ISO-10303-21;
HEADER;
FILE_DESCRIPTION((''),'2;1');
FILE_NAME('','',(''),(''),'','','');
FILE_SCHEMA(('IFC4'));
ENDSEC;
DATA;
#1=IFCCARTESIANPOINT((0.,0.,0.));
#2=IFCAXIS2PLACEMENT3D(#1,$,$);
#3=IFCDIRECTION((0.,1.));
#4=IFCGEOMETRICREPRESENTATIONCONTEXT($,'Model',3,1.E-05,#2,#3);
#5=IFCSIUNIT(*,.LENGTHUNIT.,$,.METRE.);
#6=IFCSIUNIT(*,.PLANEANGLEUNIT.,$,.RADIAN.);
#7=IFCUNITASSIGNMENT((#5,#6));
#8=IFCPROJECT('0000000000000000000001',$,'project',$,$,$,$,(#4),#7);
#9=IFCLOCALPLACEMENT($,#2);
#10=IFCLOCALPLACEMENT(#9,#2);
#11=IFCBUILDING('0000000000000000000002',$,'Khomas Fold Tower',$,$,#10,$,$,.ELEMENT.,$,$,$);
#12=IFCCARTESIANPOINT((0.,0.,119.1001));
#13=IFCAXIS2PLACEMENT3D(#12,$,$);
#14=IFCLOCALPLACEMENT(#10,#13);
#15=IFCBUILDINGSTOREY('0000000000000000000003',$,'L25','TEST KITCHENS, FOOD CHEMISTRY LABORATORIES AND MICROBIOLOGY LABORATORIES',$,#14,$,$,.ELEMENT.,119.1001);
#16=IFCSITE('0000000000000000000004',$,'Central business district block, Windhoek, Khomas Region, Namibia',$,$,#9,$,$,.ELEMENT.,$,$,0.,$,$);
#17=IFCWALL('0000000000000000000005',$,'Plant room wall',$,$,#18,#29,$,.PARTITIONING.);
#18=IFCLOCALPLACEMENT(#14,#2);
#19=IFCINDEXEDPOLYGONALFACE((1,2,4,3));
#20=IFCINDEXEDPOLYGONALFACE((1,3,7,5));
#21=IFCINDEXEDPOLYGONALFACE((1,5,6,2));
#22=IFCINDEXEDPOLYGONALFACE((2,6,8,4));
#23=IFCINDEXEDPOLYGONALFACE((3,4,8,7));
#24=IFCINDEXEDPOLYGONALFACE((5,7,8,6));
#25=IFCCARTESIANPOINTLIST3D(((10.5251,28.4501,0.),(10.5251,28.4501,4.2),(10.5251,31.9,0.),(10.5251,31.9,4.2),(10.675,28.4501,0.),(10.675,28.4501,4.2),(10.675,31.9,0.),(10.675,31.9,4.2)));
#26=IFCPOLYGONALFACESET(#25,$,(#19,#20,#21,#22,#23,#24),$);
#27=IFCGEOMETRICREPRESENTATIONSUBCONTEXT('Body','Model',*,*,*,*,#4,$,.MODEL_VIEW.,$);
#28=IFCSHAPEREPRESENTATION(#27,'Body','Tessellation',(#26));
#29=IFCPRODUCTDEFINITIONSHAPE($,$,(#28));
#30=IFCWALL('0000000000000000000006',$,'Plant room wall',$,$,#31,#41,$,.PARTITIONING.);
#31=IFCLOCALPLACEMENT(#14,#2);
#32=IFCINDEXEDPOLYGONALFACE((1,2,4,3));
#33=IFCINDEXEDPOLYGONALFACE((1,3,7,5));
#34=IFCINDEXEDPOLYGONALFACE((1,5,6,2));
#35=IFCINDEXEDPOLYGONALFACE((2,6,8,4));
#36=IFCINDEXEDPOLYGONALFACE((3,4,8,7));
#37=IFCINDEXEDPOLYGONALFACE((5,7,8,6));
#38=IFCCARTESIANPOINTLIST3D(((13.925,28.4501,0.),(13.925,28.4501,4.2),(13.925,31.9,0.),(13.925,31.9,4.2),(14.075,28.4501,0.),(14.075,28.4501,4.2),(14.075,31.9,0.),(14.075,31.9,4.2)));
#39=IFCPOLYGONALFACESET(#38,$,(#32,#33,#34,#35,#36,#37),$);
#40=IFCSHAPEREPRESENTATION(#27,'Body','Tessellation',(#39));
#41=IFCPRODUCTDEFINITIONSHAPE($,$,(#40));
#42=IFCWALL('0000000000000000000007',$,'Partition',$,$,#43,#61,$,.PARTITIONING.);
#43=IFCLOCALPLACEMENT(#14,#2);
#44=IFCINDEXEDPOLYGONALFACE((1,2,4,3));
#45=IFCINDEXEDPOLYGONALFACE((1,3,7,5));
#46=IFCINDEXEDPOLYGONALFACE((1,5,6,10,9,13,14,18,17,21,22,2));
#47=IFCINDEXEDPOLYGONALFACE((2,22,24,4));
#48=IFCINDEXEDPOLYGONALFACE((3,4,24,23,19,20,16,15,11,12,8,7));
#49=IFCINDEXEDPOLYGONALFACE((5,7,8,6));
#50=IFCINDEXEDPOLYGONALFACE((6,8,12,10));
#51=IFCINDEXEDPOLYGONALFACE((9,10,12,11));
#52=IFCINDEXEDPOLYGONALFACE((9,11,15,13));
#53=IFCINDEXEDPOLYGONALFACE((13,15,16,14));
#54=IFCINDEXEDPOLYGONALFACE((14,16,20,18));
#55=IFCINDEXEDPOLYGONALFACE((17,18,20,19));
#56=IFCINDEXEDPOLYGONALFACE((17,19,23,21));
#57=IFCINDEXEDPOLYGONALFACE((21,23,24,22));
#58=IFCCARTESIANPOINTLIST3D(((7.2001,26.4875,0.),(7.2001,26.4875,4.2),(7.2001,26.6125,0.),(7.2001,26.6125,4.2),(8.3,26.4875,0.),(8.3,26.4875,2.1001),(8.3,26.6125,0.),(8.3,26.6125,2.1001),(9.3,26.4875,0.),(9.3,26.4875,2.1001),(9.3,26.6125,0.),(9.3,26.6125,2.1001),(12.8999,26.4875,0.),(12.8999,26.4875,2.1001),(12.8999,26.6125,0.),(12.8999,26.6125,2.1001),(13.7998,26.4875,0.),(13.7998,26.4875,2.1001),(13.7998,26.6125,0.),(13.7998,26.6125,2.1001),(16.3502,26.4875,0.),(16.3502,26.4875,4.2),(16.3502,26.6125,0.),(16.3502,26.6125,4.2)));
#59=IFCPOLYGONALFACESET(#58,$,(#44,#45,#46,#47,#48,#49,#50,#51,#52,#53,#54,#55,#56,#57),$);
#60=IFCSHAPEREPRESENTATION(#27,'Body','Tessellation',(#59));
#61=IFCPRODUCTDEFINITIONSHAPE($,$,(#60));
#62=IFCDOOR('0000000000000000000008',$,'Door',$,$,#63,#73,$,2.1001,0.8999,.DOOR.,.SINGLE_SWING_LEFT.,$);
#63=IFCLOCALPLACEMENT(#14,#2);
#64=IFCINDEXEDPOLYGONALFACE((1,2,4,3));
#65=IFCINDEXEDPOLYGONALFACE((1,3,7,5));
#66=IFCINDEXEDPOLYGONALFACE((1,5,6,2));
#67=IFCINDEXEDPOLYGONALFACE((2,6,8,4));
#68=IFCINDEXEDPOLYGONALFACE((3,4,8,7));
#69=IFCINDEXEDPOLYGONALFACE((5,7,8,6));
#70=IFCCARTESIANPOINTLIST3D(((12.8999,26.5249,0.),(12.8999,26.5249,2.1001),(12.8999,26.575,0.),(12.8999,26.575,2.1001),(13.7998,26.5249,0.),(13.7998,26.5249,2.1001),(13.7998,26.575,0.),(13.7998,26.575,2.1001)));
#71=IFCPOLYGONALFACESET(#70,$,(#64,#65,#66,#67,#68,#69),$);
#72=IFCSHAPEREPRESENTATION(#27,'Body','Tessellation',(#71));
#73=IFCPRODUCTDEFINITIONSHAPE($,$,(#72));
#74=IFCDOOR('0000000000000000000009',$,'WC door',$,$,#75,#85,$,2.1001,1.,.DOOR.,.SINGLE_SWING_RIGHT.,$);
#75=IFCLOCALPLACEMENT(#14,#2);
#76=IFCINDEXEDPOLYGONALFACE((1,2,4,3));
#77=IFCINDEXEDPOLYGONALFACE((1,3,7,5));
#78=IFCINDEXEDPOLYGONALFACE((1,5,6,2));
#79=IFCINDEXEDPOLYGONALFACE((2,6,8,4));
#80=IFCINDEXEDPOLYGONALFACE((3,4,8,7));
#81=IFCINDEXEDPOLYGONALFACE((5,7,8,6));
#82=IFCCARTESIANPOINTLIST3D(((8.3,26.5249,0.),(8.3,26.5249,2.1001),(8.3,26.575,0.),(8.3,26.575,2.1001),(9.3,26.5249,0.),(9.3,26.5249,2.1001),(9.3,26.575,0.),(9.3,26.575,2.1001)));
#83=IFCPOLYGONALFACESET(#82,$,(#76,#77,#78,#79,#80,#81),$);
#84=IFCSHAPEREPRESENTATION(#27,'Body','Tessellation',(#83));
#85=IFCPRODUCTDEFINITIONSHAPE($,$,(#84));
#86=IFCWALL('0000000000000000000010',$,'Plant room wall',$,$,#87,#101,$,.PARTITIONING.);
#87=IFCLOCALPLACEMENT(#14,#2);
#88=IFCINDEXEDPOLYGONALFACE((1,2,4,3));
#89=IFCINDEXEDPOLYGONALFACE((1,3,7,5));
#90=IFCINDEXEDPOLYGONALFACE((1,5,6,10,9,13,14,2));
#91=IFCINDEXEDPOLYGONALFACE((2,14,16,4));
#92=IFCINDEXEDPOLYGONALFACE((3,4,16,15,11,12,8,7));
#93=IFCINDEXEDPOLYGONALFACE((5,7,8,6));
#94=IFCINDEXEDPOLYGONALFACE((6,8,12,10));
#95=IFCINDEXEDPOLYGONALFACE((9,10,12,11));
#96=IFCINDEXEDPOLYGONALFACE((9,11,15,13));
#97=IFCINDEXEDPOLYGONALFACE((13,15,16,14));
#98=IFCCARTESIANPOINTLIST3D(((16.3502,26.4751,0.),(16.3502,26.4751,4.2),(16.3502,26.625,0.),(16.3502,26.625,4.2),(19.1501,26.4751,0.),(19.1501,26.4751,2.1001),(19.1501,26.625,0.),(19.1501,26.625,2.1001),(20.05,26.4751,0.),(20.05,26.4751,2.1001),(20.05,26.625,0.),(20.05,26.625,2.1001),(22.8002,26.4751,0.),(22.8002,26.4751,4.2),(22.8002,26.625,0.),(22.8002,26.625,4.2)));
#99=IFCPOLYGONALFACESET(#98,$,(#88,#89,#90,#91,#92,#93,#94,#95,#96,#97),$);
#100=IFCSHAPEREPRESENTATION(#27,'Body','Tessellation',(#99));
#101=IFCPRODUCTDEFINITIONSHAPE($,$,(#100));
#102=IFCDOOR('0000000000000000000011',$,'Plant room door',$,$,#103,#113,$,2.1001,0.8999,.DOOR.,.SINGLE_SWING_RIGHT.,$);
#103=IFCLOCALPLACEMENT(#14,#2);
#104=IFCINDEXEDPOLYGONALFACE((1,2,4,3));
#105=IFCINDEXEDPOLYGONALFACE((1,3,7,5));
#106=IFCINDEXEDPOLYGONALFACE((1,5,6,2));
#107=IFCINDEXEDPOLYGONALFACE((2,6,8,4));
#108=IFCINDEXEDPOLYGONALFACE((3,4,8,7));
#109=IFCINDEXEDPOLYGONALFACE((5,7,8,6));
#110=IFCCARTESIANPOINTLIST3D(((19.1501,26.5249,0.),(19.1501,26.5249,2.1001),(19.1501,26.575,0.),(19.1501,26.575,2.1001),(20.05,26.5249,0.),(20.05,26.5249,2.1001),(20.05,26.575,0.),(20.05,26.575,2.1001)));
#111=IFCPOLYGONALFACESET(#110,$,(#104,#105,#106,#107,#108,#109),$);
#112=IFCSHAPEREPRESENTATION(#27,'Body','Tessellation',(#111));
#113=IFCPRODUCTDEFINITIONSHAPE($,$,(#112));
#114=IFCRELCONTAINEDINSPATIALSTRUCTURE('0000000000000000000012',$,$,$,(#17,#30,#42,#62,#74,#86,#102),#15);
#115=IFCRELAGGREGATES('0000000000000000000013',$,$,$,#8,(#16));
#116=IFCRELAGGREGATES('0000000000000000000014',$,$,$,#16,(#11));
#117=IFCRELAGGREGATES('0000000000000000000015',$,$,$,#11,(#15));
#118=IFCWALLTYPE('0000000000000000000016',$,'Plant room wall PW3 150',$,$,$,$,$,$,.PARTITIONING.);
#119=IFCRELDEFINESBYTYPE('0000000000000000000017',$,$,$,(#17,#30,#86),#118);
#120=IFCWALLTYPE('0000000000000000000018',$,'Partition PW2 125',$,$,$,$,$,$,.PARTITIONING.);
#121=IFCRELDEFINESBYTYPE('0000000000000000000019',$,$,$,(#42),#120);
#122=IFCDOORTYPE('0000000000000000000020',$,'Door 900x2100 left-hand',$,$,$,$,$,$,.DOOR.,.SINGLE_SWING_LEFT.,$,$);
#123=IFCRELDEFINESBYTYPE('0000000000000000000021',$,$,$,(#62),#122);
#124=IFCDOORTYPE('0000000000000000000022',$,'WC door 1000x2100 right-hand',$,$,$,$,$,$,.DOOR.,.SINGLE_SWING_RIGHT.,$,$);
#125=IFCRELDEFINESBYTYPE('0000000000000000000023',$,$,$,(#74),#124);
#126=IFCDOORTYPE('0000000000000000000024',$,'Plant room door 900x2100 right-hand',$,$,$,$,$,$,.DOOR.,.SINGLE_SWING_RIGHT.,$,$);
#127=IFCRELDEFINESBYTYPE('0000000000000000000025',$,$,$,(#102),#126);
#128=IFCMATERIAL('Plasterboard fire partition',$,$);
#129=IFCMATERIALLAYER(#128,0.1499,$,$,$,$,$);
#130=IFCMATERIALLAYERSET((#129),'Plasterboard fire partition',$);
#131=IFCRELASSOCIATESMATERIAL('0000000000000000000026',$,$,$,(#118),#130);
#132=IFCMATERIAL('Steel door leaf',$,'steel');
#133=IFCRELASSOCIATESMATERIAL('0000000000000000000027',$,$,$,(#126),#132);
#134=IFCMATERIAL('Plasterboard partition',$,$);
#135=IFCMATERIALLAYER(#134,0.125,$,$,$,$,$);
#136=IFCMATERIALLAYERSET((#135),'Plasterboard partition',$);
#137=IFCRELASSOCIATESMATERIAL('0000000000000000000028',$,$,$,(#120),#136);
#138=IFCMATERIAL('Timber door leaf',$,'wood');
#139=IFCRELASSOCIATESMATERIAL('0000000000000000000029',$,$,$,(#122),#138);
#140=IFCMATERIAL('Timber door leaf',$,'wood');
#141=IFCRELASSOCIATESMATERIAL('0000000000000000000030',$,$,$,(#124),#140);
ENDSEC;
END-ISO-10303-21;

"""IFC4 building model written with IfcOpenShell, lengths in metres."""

from ifc_helpers import new_model, si_unit, direction, frame, frame_2d, origin, place, context, subcontext, project, spatial, rectangle, extrude, source, transform, mapped, material, layer, layer_set, type_object, element, fill, save


model = new_model("IFC4")

# Units and contexts
model_context = context("Model", 3, precision=1e-05, world=origin(), true_north=direction((0.0, 1.0)))
body_context = subcontext(model_context, "Body", "Model", "MODEL_VIEW")
ifc_project = project(units=[si_unit("LENGTHUNIT", "METRE"), si_unit("PLANEANGLEUNIT", "RADIAN")], contexts=[model_context])

# Site, building, storey
site_placement = place(None, origin())
site = spatial("IfcSite", under=ifc_project, at=site_placement, Name="Central business district block, Windhoek, Khomas Region, Namibia", CompositionType="ELEMENT", RefElevation=0.0)
building_placement = place(site_placement, origin())
building = spatial("IfcBuilding", under=site, at=building_placement, Name="Khomas Fold Tower", CompositionType="ELEMENT")
storey_placement = place(building_placement, frame((0.0, 0.0, 119.1001)))
storey = spatial("IfcBuildingStorey", under=building, at=storey_placement, Name="L25", Description="TEST KITCHENS, FOOD CHEMISTRY LABORATORIES AND MICROBIOLOGY LABORATORIES", CompositionType="ELEMENT", Elevation=119.1001)

# Shared definitions
ifc_material_1 = material(Name="Plasterboard fire partition")
ifc_layer_1 = layer(ifc_material_1, 0.1499)
ifc_layer_set_1 = layer_set([ifc_layer_1], Name="Plasterboard fire partition")
wall_type_1 = type_object("IfcWallType", Name="Plant room wall PW3 150", PredefinedType="PARTITIONING", material=ifc_layer_set_1)
shared_shape_1 = source(origin(), body_context, "Body", "SweptSolid", [
    extrude(rectangle(XDim=0.8999, YDim=2.1001, at=frame_2d((0.45, 1.05))), frame((0.0, 0.085, 0.0), z_axis=(0.0, -1.0, 0.0), x_axis=(1.0, 0.0, 0.0)), (0.0, 0.0, 1.0), 0.1699),
])
ifc_material_2 = material(Name="Steel door leaf", Category="steel")
door_type_1 = type_object("IfcDoorType", Name="Plant room door 900x2100 right-hand", OperationType="SINGLE_SWING_RIGHT", PredefinedType="DOOR", material=ifc_material_2)
shared_shape_2 = source(origin(), body_context, "Body", "SweptSolid", [
    extrude(rectangle(XDim=0.8999, YDim=2.1001, at=frame_2d((0.45, 1.05))), frame((0.0, 0.0249, 0.0), z_axis=(0.0, -1.0, 0.0), x_axis=(1.0, 0.0, 0.0)), (0.0, 0.0, 1.0), 0.05),
])

# Walls
shared_shape_3 = source(origin(), body_context, "Body", "SweptSolid", [
    extrude(rectangle(XDim=3.45, YDim=0.1499, at=frame_2d((1.7251, 0.0))), origin(), (0.0, 0.0, 1.0), 4.2),
])
for number, where, z_axis, x_axis, name in (
    (1, (10.6001, 28.45, 0.0), (0.0, 0.0, 1.0), (0.0, 1.0, 0.0), "Plant room wall"),
    (2, (14.0, 28.45, 0.0), (0.0, 0.0, 1.0), (0.0, 1.0, 0.0), "Plant room wall"),
):
    element("IfcWall", number, at=place(storey_placement, frame(where, z_axis=z_axis, x_axis=x_axis)), inside=storey, type_object=wall_type_1, Name=name, PredefinedType="PARTITIONING", context=body_context, shape_type="MappedRepresentation", body=[
        mapped(shared_shape_3, transform((0.0, 0.0, 0.0))),
    ])

# Wall, openings, doors
ifc_material_3 = material(Name="Plasterboard partition")
ifc_layer_2 = layer(ifc_material_3, 0.125)
ifc_layer_set_2 = layer_set([ifc_layer_2], Name="Plasterboard partition")
wall_type_2 = type_object("IfcWallType", Name="Partition PW2 125", PredefinedType="PARTITIONING", material=ifc_layer_set_2)
shared_shape_4 = source(origin(), body_context, "Body", "SweptSolid", [
    extrude(rectangle(XDim=9.1501, YDim=0.125, at=frame_2d((4.5752, 0.0))), origin(), (0.0, 0.0, 1.0), 4.2),
])
wall_1_placement = place(storey_placement, frame((7.2, 26.55, 0.0), z_axis=(0.0, 0.0, 1.0), x_axis=(1.0, 0.0, 0.0)))
wall_1 = element("IfcWall", 3, at=wall_1_placement, inside=storey, type_object=wall_type_2, Name="Partition", PredefinedType="PARTITIONING", context=body_context, shape_type="MappedRepresentation", body=[
    mapped(shared_shape_4, transform((0.0, 0.0, 0.0))),
])
shared_shape_5 = source(origin(), body_context, "Body", "SweptSolid", [
    extrude(rectangle(XDim=1.0, YDim=2.1001, at=frame_2d((0.5, 1.05))), frame((0.0, 0.0725, 0.0), z_axis=(0.0, -1.0, 0.0), x_axis=(1.0, 0.0, 0.0)), (0.0, 0.0, 1.0), 0.145),
])
opening_1_placement = place(wall_1_placement, frame((1.1001, 0.0, 0.0)))
opening_1 = element("IfcOpeningElement", 4, at=opening_1_placement, cuts=wall_1, PredefinedType="OPENING", context=body_context, shape_type="MappedRepresentation", body=[
    mapped(shared_shape_5, transform((0.0, 0.0, 0.0))),
])
shared_shape_6 = source(origin(), body_context, "Body", "SweptSolid", [
    extrude(rectangle(XDim=0.8999, YDim=2.1001, at=frame_2d((0.45, 1.05))), frame((0.0, 0.0725, 0.0), z_axis=(0.0, -1.0, 0.0), x_axis=(1.0, 0.0, 0.0)), (0.0, 0.0, 1.0), 0.145),
])
opening_2_placement = place(wall_1_placement, frame((5.7, 0.0, 0.0)))
opening_2 = element("IfcOpeningElement", 5, at=opening_2_placement, cuts=wall_1, PredefinedType="OPENING", context=body_context, shape_type="MappedRepresentation", body=[
    mapped(shared_shape_6, transform((0.0, 0.0, 0.0))),
])
ifc_material_4 = material(Name="Timber door leaf", Category="wood")
door_type_2 = type_object("IfcDoorType", Name="Door 900x2100 left-hand", OperationType="SINGLE_SWING_LEFT", PredefinedType="DOOR", material=ifc_material_4)
door_1_placement = place(opening_2_placement, origin())
door_1 = element("IfcDoor", 6, at=door_1_placement, inside=storey, type_object=door_type_2, Name="Door", OperationType="SINGLE_SWING_LEFT", OverallHeight=2.1001, OverallWidth=0.8999, PredefinedType="DOOR", context=body_context, shape_type="MappedRepresentation", body=[
    mapped(shared_shape_2, transform((0.0, 0.0, 0.0))),
])
fill(opening_2, door_1)
ifc_material_5 = material(Name="Timber door leaf", Category="wood")
door_type_3 = type_object("IfcDoorType", Name="WC door 1000x2100 right-hand", OperationType="SINGLE_SWING_RIGHT", PredefinedType="DOOR", material=ifc_material_5)
shared_shape_7 = source(origin(), body_context, "Body", "SweptSolid", [
    extrude(rectangle(XDim=1.0, YDim=2.1001, at=frame_2d((0.5, 1.05))), frame((0.0, 0.0249, 0.0), z_axis=(0.0, -1.0, 0.0), x_axis=(1.0, 0.0, 0.0)), (0.0, 0.0, 1.0), 0.05),
])
door_2_placement = place(opening_1_placement, origin())
door_2 = element("IfcDoor", 7, at=door_2_placement, inside=storey, type_object=door_type_3, Name="WC door", OperationType="SINGLE_SWING_RIGHT", OverallHeight=2.1001, OverallWidth=1.0, PredefinedType="DOOR", context=body_context, shape_type="MappedRepresentation", body=[
    mapped(shared_shape_7, transform((0.0, 0.0, 0.0))),
])
fill(opening_1, door_2)

# Wall, opening, door
shared_shape_8 = source(origin(), body_context, "Body", "SweptSolid", [
    extrude(rectangle(XDim=6.45, YDim=0.1499, at=frame_2d((3.2251, 0.0))), origin(), (0.0, 0.0, 1.0), 4.2),
])
wall_2_placement = place(storey_placement, frame((16.3501, 26.55, 0.0), z_axis=(0.0, 0.0, 1.0), x_axis=(1.0, 0.0, 0.0)))
wall_2 = element("IfcWall", 8, at=wall_2_placement, inside=storey, type_object=wall_type_1, Name="Plant room wall", PredefinedType="PARTITIONING", context=body_context, shape_type="MappedRepresentation", body=[
    mapped(shared_shape_8, transform((0.0, 0.0, 0.0))),
])
opening_3_placement = place(wall_2_placement, frame((2.8, 0.0, 0.0)))
opening_3 = element("IfcOpeningElement", 9, at=opening_3_placement, cuts=wall_2, PredefinedType="OPENING", context=body_context, shape_type="MappedRepresentation", body=[
    mapped(shared_shape_1, transform((0.0, 0.0, 0.0))),
])
door_3_placement = place(opening_3_placement, origin())
door_3 = element("IfcDoor", 10, at=door_3_placement, inside=storey, type_object=door_type_1, Name="Plant room door", OperationType="SINGLE_SWING_RIGHT", OverallHeight=2.1001, OverallWidth=0.8999, PredefinedType="DOOR", context=body_context, shape_type="MappedRepresentation", body=[
    mapped(shared_shape_2, transform((0.0, 0.0, 0.0))),
])
fill(opening_3, door_3)

save(model, "model.ifc")
